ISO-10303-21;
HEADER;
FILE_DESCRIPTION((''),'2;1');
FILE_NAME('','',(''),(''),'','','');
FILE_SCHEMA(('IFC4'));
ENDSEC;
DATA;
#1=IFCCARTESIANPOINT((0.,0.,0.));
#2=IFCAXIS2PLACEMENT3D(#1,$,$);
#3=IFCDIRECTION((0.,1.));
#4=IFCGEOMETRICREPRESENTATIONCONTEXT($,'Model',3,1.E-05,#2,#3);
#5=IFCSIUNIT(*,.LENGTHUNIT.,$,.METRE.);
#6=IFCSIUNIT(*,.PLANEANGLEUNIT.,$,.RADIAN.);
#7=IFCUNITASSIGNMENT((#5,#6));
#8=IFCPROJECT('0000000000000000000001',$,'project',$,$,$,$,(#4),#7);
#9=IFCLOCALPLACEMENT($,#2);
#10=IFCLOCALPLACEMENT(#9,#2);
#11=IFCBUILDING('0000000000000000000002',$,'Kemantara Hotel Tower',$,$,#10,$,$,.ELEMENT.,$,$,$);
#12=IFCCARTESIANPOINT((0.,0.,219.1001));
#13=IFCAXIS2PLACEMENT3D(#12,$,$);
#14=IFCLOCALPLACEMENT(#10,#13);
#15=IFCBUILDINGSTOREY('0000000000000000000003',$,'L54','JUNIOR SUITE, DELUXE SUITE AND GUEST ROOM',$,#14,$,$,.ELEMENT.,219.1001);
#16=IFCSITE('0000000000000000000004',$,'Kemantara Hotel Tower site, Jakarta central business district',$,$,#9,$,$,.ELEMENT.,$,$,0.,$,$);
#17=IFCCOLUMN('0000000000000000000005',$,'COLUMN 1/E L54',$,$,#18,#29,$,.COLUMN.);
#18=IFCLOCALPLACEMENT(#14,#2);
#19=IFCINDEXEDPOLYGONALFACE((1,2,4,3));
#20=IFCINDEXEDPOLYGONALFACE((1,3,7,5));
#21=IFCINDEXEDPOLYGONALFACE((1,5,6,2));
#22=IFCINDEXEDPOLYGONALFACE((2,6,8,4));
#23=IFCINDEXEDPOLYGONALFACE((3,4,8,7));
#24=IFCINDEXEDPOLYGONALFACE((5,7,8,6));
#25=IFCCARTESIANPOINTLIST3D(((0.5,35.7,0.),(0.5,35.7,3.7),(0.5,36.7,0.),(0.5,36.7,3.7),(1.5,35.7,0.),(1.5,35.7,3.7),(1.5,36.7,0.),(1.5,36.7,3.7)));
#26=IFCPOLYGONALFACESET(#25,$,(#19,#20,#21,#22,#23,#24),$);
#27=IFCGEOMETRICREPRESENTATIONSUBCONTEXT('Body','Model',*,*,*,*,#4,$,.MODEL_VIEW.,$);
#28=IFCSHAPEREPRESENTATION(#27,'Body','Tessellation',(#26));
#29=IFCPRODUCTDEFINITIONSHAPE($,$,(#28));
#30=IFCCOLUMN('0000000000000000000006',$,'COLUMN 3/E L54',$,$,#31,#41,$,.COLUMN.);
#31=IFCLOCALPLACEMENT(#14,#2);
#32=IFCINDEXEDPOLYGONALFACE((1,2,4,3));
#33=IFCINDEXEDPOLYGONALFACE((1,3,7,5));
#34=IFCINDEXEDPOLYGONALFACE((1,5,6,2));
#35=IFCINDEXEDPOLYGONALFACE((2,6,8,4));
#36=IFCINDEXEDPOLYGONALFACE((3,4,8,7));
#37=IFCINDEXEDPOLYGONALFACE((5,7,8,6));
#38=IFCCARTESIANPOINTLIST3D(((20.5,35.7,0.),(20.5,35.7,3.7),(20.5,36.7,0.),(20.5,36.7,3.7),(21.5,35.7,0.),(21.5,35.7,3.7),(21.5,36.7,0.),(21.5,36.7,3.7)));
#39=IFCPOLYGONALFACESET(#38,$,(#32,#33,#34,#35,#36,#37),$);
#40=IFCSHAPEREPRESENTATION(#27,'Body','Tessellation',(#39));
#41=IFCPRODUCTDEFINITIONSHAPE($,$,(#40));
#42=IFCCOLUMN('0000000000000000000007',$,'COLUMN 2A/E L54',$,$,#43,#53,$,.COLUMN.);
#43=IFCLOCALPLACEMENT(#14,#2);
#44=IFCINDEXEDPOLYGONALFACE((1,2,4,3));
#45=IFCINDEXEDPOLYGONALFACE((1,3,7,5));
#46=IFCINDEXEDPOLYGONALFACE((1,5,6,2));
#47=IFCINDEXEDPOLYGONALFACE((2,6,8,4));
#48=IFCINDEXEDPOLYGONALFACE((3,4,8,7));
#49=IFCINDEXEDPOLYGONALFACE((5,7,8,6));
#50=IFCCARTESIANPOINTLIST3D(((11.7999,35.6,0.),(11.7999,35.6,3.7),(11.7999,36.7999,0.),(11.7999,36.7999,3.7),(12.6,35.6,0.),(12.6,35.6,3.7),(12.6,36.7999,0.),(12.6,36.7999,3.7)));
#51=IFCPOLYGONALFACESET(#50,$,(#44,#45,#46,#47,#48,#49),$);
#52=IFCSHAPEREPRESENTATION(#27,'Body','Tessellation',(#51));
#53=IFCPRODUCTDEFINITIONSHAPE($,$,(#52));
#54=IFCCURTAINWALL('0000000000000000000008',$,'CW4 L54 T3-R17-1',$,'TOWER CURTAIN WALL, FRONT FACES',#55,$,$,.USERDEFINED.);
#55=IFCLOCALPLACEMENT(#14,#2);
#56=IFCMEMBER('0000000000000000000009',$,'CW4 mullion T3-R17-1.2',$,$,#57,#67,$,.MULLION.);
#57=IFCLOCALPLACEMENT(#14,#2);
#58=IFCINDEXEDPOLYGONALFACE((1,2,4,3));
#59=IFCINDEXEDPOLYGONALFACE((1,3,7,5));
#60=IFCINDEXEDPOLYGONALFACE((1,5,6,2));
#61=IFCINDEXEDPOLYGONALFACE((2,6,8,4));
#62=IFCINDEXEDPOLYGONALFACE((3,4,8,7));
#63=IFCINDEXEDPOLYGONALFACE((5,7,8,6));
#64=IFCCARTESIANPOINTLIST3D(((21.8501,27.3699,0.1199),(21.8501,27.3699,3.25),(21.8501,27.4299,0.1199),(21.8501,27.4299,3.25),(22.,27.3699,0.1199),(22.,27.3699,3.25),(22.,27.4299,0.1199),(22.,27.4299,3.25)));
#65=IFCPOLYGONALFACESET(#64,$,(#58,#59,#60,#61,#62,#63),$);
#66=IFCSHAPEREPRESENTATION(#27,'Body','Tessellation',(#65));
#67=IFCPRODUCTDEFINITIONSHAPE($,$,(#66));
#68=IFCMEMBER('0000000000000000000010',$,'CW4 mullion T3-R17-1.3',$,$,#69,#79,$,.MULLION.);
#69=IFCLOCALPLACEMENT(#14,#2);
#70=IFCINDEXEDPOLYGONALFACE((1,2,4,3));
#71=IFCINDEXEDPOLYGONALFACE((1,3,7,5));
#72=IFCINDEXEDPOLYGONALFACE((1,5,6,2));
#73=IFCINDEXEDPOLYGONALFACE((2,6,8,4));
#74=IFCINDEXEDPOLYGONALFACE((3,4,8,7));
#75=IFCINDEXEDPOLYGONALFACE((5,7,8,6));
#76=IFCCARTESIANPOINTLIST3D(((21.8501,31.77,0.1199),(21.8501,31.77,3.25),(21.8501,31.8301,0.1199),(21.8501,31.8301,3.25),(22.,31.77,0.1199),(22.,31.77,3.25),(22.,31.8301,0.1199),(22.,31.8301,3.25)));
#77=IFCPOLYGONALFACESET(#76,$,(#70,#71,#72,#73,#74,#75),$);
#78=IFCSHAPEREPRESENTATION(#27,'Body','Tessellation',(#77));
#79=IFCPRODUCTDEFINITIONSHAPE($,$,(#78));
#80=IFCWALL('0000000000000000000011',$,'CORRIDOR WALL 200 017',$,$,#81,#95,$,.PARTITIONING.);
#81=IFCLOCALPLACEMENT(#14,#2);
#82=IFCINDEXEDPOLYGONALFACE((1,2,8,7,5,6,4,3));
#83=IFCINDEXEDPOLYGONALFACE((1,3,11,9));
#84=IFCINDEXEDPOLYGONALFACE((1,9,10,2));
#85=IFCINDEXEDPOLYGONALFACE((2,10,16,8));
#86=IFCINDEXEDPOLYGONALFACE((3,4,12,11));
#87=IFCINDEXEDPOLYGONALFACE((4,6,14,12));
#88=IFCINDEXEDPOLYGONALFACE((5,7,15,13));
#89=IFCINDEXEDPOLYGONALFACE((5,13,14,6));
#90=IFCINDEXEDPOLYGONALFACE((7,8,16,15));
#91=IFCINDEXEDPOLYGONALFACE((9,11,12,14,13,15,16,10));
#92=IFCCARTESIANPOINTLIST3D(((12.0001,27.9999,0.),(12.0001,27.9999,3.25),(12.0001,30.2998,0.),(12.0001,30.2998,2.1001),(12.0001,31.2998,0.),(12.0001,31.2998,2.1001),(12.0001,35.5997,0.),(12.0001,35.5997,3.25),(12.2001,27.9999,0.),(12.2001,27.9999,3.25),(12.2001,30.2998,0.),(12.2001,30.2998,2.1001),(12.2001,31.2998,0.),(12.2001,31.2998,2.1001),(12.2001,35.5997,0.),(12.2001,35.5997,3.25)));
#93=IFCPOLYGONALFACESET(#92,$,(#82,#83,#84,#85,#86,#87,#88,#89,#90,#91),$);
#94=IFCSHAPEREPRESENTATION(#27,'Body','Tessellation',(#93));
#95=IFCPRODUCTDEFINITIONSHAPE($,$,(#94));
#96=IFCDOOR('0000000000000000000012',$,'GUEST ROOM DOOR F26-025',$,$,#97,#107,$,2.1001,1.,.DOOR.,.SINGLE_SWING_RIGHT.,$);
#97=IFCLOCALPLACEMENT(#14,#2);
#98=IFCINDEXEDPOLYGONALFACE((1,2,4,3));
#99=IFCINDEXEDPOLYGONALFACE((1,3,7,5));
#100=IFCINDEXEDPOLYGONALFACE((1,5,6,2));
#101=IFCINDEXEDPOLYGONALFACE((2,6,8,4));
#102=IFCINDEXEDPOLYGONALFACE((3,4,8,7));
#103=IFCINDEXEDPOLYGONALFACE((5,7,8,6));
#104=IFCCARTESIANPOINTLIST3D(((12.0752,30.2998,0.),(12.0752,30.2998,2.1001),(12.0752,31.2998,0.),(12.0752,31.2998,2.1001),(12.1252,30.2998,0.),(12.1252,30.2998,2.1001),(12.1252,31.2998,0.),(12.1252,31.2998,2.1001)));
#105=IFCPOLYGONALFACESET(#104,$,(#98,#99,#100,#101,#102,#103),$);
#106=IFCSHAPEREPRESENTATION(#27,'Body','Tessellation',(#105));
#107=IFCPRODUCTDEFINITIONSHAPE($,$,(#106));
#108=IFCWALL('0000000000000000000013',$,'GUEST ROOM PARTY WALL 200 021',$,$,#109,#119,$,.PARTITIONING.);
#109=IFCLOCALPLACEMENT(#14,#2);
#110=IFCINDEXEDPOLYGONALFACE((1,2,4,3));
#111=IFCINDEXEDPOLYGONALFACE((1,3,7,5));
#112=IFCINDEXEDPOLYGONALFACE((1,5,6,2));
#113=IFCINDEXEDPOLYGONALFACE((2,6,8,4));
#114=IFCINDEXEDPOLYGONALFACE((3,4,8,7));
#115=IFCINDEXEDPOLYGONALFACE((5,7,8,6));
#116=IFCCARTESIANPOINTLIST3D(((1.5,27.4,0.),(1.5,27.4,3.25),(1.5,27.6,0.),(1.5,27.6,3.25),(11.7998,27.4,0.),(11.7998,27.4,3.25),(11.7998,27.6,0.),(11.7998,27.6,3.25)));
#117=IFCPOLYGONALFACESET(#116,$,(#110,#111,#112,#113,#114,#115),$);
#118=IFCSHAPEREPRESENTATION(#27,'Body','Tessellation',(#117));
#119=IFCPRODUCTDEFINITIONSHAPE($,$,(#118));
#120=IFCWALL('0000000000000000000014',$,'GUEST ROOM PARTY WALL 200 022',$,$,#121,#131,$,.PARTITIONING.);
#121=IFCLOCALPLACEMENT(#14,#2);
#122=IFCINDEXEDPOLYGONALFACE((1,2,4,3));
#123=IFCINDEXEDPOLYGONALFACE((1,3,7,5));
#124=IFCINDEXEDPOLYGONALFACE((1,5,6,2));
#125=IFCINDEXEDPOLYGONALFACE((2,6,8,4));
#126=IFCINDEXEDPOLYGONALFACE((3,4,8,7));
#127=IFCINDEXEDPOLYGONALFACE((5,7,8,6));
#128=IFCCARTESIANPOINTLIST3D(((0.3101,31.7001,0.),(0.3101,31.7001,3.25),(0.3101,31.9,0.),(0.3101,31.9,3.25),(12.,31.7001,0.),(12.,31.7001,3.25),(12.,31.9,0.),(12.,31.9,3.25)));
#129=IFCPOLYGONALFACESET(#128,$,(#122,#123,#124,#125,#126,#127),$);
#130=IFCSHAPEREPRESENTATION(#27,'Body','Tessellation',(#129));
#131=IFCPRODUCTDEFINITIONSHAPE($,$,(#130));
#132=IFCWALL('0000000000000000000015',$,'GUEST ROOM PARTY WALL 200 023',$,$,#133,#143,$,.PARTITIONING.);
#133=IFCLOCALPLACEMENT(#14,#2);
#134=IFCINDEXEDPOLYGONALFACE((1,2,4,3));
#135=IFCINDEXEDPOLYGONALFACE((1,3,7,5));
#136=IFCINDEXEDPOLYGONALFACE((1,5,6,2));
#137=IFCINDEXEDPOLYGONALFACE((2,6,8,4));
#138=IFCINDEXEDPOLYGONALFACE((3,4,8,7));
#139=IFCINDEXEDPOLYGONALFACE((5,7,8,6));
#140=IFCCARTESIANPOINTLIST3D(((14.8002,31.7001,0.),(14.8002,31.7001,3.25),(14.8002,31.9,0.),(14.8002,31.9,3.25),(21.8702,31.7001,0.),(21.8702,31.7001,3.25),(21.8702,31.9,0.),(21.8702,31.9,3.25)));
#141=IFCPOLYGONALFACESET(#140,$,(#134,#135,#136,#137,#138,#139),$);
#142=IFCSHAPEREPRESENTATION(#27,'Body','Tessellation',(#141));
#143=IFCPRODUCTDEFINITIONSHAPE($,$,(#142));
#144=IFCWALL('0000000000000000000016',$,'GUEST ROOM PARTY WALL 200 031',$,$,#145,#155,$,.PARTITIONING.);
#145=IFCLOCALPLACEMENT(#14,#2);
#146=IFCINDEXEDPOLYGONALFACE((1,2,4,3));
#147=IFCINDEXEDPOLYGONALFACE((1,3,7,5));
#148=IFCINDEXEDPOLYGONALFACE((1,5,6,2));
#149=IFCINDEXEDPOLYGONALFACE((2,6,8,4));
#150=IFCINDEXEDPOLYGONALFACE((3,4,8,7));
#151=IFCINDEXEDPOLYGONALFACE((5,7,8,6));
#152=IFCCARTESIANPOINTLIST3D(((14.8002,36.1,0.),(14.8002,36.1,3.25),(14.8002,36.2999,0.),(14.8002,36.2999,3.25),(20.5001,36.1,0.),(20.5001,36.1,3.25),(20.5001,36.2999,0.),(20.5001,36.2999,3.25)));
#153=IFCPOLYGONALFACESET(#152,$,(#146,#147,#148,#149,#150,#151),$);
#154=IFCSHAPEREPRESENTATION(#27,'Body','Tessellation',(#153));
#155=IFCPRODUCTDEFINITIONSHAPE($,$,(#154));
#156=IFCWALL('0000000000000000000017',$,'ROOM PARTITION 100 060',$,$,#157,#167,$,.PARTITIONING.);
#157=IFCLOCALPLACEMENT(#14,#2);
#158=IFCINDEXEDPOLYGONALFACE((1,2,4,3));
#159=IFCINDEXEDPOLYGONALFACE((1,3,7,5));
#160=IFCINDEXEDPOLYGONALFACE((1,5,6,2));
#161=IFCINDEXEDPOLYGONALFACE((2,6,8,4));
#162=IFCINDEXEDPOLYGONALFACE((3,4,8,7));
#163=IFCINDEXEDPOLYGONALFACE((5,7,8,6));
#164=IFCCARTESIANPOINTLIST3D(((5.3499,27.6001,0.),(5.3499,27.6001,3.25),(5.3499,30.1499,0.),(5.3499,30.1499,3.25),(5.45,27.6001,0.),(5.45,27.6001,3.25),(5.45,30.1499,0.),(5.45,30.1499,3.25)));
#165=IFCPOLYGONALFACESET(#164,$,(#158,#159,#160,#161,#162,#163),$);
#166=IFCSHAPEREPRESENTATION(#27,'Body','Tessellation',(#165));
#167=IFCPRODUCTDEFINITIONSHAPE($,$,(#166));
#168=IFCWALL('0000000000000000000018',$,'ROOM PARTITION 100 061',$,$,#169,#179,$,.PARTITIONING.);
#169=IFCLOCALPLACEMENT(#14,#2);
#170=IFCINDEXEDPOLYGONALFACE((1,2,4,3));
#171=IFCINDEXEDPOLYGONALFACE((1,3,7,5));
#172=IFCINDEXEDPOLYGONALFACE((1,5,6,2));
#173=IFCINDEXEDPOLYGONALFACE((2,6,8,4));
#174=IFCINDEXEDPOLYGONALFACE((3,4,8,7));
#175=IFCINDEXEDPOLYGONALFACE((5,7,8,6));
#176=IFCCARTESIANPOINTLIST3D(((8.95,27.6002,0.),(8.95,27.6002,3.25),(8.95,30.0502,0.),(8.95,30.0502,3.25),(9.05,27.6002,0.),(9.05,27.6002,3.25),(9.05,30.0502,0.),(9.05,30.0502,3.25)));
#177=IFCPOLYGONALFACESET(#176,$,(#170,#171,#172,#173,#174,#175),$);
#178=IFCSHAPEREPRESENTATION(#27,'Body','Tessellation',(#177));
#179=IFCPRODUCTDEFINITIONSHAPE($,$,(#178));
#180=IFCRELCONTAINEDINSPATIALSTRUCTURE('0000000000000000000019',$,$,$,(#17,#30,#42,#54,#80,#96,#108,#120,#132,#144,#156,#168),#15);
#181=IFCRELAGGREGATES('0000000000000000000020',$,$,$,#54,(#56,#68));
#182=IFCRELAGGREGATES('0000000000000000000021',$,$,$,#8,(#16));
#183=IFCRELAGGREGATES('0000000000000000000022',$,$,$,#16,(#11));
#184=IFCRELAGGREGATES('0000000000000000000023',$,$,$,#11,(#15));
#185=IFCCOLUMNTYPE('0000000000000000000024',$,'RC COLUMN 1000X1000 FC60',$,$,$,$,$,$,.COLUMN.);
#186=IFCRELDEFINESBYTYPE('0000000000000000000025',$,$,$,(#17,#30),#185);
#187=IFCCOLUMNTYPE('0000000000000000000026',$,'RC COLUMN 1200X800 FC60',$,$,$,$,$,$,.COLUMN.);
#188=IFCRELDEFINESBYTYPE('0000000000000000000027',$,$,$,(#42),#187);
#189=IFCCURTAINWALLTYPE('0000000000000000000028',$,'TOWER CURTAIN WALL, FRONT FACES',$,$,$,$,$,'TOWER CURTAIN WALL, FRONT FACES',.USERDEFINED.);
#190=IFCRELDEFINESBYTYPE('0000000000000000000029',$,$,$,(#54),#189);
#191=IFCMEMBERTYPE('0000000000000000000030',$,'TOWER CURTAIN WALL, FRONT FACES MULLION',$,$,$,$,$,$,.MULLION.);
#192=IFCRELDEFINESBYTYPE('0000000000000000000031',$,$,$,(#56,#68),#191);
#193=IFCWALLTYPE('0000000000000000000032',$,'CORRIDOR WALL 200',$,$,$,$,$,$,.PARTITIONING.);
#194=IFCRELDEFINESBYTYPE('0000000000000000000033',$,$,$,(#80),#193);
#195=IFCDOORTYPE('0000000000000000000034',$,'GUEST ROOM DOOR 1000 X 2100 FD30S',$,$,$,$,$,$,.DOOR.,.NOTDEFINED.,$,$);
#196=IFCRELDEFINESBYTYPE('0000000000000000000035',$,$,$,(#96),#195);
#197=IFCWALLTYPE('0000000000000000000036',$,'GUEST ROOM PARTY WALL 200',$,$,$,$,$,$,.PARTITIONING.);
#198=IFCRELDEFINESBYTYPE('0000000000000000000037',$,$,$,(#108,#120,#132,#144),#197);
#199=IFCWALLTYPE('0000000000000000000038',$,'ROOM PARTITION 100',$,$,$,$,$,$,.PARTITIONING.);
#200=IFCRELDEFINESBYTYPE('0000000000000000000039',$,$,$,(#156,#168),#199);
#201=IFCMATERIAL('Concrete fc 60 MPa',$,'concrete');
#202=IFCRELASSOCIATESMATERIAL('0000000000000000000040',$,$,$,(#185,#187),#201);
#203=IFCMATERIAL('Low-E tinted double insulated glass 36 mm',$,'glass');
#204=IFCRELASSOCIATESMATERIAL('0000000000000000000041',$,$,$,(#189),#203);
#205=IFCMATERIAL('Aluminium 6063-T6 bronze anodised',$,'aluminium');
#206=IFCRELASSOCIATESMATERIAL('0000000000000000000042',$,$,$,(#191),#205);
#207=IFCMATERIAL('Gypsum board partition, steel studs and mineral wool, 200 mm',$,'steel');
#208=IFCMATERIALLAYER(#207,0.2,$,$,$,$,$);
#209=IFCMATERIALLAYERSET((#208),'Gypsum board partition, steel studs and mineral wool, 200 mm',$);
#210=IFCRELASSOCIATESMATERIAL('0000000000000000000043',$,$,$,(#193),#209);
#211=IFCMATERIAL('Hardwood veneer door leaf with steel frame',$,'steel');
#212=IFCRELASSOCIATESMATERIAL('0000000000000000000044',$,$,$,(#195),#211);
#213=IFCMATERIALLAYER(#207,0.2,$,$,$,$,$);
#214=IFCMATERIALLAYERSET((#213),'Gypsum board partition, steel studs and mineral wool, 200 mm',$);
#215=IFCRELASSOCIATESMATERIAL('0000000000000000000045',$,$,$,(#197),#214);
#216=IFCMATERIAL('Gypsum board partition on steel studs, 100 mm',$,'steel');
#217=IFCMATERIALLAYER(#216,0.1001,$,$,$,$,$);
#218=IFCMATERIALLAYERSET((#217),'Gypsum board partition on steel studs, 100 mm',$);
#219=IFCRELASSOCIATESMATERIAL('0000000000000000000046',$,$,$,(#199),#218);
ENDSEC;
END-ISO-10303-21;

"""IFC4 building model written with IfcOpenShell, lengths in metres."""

from ifc_helpers import new_model, si_unit, direction, frame, frame_2d, origin, origin_2d, place, context, subcontext, project, spatial, rectangle, extrude, source, transform, mapped, material, layer, layer_set, material_profile, profile_set, type_object, element, fill, aggregate, save


model = new_model("IFC4")

# Units and contexts
model_context = context("Model", 3, precision=1e-05, world=origin(), true_north=direction((0.0, 1.0)))
body_context = subcontext(model_context, "Body", "Model", "MODEL_VIEW")
ifc_project = project(units=[si_unit("LENGTHUNIT", "METRE"), si_unit("PLANEANGLEUNIT", "RADIAN")], contexts=[model_context])

# Site, building, storey
site_placement = place(None, origin())
site = spatial("IfcSite", under=ifc_project, at=site_placement, Name="Kemantara Hotel Tower site, Jakarta central business district", CompositionType="ELEMENT", RefElevation=0.0)
building_placement = place(site_placement, origin())
building = spatial("IfcBuilding", under=site, at=building_placement, Name="Kemantara Hotel Tower", CompositionType="ELEMENT")
storey_placement = place(building_placement, frame((0.0, 0.0, 219.1001)))
storey = spatial("IfcBuildingStorey", under=building, at=storey_placement, Name="L54", Description="JUNIOR SUITE, DELUXE SUITE AND GUEST ROOM", CompositionType="ELEMENT", Elevation=219.1001)

# Columns
ifc_material_1 = material(Name="Concrete fc 60 MPa", Category="concrete")
ifc_material_profile_1 = material_profile(ifc_material_1, rectangle(XDim=1.0, YDim=1.0, at=origin_2d()), Name="RC 1000X1000")
ifc_profile_set_1 = profile_set([ifc_material_profile_1], Name="Concrete fc 60 MPa")
column_type_1 = type_object("IfcColumnType", Name="RC COLUMN 1000X1000 FC60", PredefinedType="COLUMN", material=ifc_profile_set_1)
for number, where, z_axis, x_axis, name in (
    (1, (1.0, 36.2, 0.0), (0.0, 0.0, 1.0), (1.0, 0.0, 0.0), "COLUMN 1/E L54"),
    (2, (21.0, 36.2, 0.0), (0.0, 0.0, 1.0), (1.0, 0.0, 0.0), "COLUMN 3/E L54"),
):
    element("IfcColumn", number, at=place(storey_placement, frame(where, z_axis=z_axis, x_axis=x_axis)), inside=storey, type_object=column_type_1, Name=name, PredefinedType="COLUMN", context=body_context, shape_type="SweptSolid", body=[
        extrude(rectangle(XDim=1.0, YDim=1.0, at=origin_2d()), origin(), (0.0, 0.0, 1.0), 3.7),
    ])
ifc_material_profile_2 = material_profile(ifc_material_1, rectangle(XDim=1.2, YDim=0.8, at=origin_2d()), Name="RC 1200X800")
ifc_profile_set_2 = profile_set([ifc_material_profile_2], Name="Concrete fc 60 MPa")
column_type_2 = type_object("IfcColumnType", Name="RC COLUMN 1200X800 FC60", PredefinedType="COLUMN", material=ifc_profile_set_2)
column_placement = place(storey_placement, frame((12.2, 36.2, 0.0), z_axis=(0.0, 0.0, 1.0), x_axis=(0.0, 1.0, 0.0)))
element("IfcColumn", 3, at=column_placement, inside=storey, type_object=column_type_2, Name="COLUMN 2A/E L54", PredefinedType="COLUMN", context=body_context, shape_type="SweptSolid", body=[
    extrude(rectangle(XDim=1.2, YDim=0.8, at=origin_2d()), origin(), (0.0, 0.0, 1.0), 3.7),
])

# Curtain wall, members
ifc_material_2 = material(Name="Low-E tinted double insulated glass 36 mm", Category="glass")
curtain_wall_type = type_object("IfcCurtainWallType", Name="TOWER CURTAIN WALL, FRONT FACES", ElementType="TOWER CURTAIN WALL, FRONT FACES", PredefinedType="USERDEFINED", material=ifc_material_2)
curtain_wall_placement = place(storey_placement, origin())
curtain_wall = element("IfcCurtainWall", 4, at=curtain_wall_placement, inside=storey, type_object=curtain_wall_type, Name="CW4 L54 T3-R17-1", ObjectType="TOWER CURTAIN WALL, FRONT FACES", PredefinedType="USERDEFINED")
ifc_material_3 = material(Name="Aluminium 6063-T6 bronze anodised", Category="aluminium")
ifc_material_profile_3 = material_profile(ifc_material_3, rectangle(XDim=0.1499, YDim=0.0601, at=origin_2d()), Name="TOWER CURTAIN WALL, FRONT FACES MULLION")
ifc_profile_set_3 = profile_set([ifc_material_profile_3], Name="Aluminium 6063-T6 bronze anodised")
member_type = type_object("IfcMemberType", Name="TOWER CURTAIN WALL, FRONT FACES MULLION", PredefinedType="MULLION", material=ifc_profile_set_3)
shared_shape_1 = source(origin(), body_context, "Body", "SweptSolid", [
    extrude(rectangle(XDim=0.1499, YDim=0.0601, at=origin_2d()), origin(), (0.0, 0.0, 1.0), 3.1301),
])
member_1_placement = place(storey_placement, frame((21.925, 27.3999, 0.1199), z_axis=(0.0, 0.0, 1.0), x_axis=(-1.0, 0.0, 0.0)))
member_1 = element("IfcMember", 5, at=member_1_placement, type_object=member_type, Name="CW4 mullion T3-R17-1.2", PredefinedType="MULLION", context=body_context, shape_type="MappedRepresentation", body=[
    mapped(shared_shape_1, transform((0.0, 0.0, 0.0))),
])
member_2_placement = place(storey_placement, frame((21.925, 31.8, 0.1199), z_axis=(0.0, 0.0, 1.0), x_axis=(-1.0, 0.0, 0.0)))
member_2 = element("IfcMember", 6, at=member_2_placement, type_object=member_type, Name="CW4 mullion T3-R17-1.3", PredefinedType="MULLION", context=body_context, shape_type="MappedRepresentation", body=[
    mapped(shared_shape_1, transform((0.0, 0.0, 0.0))),
])
aggregate(curtain_wall, [member_1, member_2])

# Wall, opening, door
ifc_material_4 = material(Name="Gypsum board partition, steel studs and mineral wool, 200 mm", Category="steel")
ifc_layer_1 = layer(ifc_material_4, 0.2)
ifc_layer_set_1 = layer_set([ifc_layer_1], Name="Gypsum board partition, steel studs and mineral wool, 200 mm")
wall_type_1 = type_object("IfcWallType", Name="CORRIDOR WALL 200", PredefinedType="PARTITIONING", material=ifc_layer_set_1)
wall_1_placement = place(storey_placement, frame((12.1001, 28.0, 0.0), z_axis=(0.0, 0.0, 1.0), x_axis=(0.0, 1.0, 0.0)))
wall_1 = element("IfcWall", 7, at=wall_1_placement, inside=storey, type_object=wall_type_1, Name="CORRIDOR WALL 200 017", PredefinedType="PARTITIONING", context=body_context, shape_type="SweptSolid", body=[
    extrude(rectangle(XDim=7.5999, YDim=0.2, at=frame_2d((3.7998, 0.0))), origin(), (0.0, 0.0, 1.0), 3.25),
])
opening_1_placement = place(wall_1_placement, frame((2.2998, 0.0, 0.0)))
opening_1 = element("IfcOpeningElement", 8, at=opening_1_placement, cuts=wall_1, PredefinedType="OPENING", context=body_context, shape_type="SweptSolid", body=[
    extrude(rectangle(XDim=1.0, YDim=2.1001, at=frame_2d((0.5, 1.05))), frame((0.0, 0.1099, 0.0), z_axis=(0.0, -1.0, 0.0), x_axis=(1.0, 0.0, 0.0)), (0.0, 0.0, 1.0), 0.22),
])
ifc_material_5 = material(Name="Hardwood veneer door leaf with steel frame", Category="steel")
door_type_1 = type_object("IfcDoorType", Name="GUEST ROOM DOOR 1000 X 2100 FD30S", OperationType="NOTDEFINED", PredefinedType="DOOR", material=ifc_material_5)
door_1_placement = place(opening_1_placement, origin())
door_1 = element("IfcDoor", 9, at=door_1_placement, inside=storey, type_object=door_type_1, Name="GUEST ROOM DOOR F26-025", OperationType="SINGLE_SWING_RIGHT", OverallHeight=2.1001, OverallWidth=1.0, PredefinedType="DOOR", context=body_context, shape_type="SweptSolid", body=[
    extrude(rectangle(XDim=1.0, YDim=2.1001, at=frame_2d((0.5, 1.05))), frame((0.0, 0.0249, 0.0), z_axis=(0.0, -1.0, 0.0), x_axis=(1.0, 0.0, 0.0)), (0.0, 0.0, 1.0), 0.05),
])
fill(opening_1, door_1)

# Walls
ifc_layer_2 = layer(ifc_material_4, 0.2)
ifc_layer_set_2 = layer_set([ifc_layer_2], Name="Gypsum board partition, steel studs and mineral wool, 200 mm")
wall_type_2 = type_object("IfcWallType", Name="GUEST ROOM PARTY WALL 200", PredefinedType="PARTITIONING", material=ifc_layer_set_2)
wall_2_placement = place(storey_placement, frame((1.5, 27.5, 0.0), z_axis=(0.0, 0.0, 1.0), x_axis=(1.0, 0.0, 0.0)))
element("IfcWall", 10, at=wall_2_placement, inside=storey, type_object=wall_type_2, Name="GUEST ROOM PARTY WALL 200 021", PredefinedType="PARTITIONING", context=body_context, shape_type="SweptSolid", body=[
    extrude(rectangle(XDim=10.2998, YDim=0.2, at=frame_2d((5.1499, 0.0))), origin(), (0.0, 0.0, 1.0), 3.25),
])
wall_3_placement = place(storey_placement, frame((0.3101, 31.8, 0.0), z_axis=(0.0, 0.0, 1.0), x_axis=(1.0, 0.0, 0.0)))
element("IfcWall", 11, at=wall_3_placement, inside=storey, type_object=wall_type_2, Name="GUEST ROOM PARTY WALL 200 022", PredefinedType="PARTITIONING", context=body_context, shape_type="SweptSolid", body=[
    extrude(rectangle(XDim=11.6899, YDim=0.2, at=frame_2d((5.845, 0.0))), origin(), (0.0, 0.0, 1.0), 3.25),
])
wall_4_placement = place(storey_placement, frame((14.8, 31.8, 0.0), z_axis=(0.0, 0.0, 1.0), x_axis=(1.0, 0.0, 0.0)))
element("IfcWall", 12, at=wall_4_placement, inside=storey, type_object=wall_type_2, Name="GUEST ROOM PARTY WALL 200 023", PredefinedType="PARTITIONING", context=body_context, shape_type="SweptSolid", body=[
    extrude(rectangle(XDim=7.0701, YDim=0.2, at=frame_2d((3.5352, 0.0))), origin(), (0.0, 0.0, 1.0), 3.25),
])
wall_5_placement = place(storey_placement, frame((14.8, 36.2, 0.0), z_axis=(0.0, 0.0, 1.0), x_axis=(1.0, 0.0, 0.0)))
element("IfcWall", 13, at=wall_5_placement, inside=storey, type_object=wall_type_2, Name="GUEST ROOM PARTY WALL 200 031", PredefinedType="PARTITIONING", context=body_context, shape_type="SweptSolid", body=[
    extrude(rectangle(XDim=5.7, YDim=0.2, at=frame_2d((2.8501, 0.0))), origin(), (0.0, 0.0, 1.0), 3.25),
])
ifc_material_6 = material(Name="Gypsum board partition on steel studs, 100 mm", Category="steel")
ifc_layer_3 = layer(ifc_material_6, 0.1001)
ifc_layer_set_3 = layer_set([ifc_layer_3], Name="Gypsum board partition on steel studs, 100 mm")
wall_type_3 = type_object("IfcWallType", Name="ROOM PARTITION 100", PredefinedType="PARTITIONING", material=ifc_layer_set_3)
wall_6_placement = place(storey_placement, frame((5.3999, 27.6001, 0.0), z_axis=(0.0, 0.0, 1.0), x_axis=(0.0, 1.0, 0.0)))
element("IfcWall", 14, at=wall_6_placement, inside=storey, type_object=wall_type_3, Name="ROOM PARTITION 100 060", PredefinedType="PARTITIONING", context=body_context, shape_type="SweptSolid", body=[
    extrude(rectangle(XDim=2.5498, YDim=0.1001, at=frame_2d((1.2749, 0.0))), origin(), (0.0, 0.0, 1.0), 3.25),
])
wall_7_placement = place(storey_placement, frame((9.0, 27.6001, 0.0), z_axis=(0.0, 0.0, 1.0), x_axis=(0.0, 1.0, 0.0)))
element("IfcWall", 15, at=wall_7_placement, inside=storey, type_object=wall_type_3, Name="ROOM PARTITION 100 061", PredefinedType="PARTITIONING", context=body_context, shape_type="SweptSolid", body=[
    extrude(rectangle(XDim=2.45, YDim=0.1001, at=frame_2d((1.2251, 0.0))), origin(), (0.0, 0.0, 1.0), 3.25),
])

save(model, "model.ifc")
